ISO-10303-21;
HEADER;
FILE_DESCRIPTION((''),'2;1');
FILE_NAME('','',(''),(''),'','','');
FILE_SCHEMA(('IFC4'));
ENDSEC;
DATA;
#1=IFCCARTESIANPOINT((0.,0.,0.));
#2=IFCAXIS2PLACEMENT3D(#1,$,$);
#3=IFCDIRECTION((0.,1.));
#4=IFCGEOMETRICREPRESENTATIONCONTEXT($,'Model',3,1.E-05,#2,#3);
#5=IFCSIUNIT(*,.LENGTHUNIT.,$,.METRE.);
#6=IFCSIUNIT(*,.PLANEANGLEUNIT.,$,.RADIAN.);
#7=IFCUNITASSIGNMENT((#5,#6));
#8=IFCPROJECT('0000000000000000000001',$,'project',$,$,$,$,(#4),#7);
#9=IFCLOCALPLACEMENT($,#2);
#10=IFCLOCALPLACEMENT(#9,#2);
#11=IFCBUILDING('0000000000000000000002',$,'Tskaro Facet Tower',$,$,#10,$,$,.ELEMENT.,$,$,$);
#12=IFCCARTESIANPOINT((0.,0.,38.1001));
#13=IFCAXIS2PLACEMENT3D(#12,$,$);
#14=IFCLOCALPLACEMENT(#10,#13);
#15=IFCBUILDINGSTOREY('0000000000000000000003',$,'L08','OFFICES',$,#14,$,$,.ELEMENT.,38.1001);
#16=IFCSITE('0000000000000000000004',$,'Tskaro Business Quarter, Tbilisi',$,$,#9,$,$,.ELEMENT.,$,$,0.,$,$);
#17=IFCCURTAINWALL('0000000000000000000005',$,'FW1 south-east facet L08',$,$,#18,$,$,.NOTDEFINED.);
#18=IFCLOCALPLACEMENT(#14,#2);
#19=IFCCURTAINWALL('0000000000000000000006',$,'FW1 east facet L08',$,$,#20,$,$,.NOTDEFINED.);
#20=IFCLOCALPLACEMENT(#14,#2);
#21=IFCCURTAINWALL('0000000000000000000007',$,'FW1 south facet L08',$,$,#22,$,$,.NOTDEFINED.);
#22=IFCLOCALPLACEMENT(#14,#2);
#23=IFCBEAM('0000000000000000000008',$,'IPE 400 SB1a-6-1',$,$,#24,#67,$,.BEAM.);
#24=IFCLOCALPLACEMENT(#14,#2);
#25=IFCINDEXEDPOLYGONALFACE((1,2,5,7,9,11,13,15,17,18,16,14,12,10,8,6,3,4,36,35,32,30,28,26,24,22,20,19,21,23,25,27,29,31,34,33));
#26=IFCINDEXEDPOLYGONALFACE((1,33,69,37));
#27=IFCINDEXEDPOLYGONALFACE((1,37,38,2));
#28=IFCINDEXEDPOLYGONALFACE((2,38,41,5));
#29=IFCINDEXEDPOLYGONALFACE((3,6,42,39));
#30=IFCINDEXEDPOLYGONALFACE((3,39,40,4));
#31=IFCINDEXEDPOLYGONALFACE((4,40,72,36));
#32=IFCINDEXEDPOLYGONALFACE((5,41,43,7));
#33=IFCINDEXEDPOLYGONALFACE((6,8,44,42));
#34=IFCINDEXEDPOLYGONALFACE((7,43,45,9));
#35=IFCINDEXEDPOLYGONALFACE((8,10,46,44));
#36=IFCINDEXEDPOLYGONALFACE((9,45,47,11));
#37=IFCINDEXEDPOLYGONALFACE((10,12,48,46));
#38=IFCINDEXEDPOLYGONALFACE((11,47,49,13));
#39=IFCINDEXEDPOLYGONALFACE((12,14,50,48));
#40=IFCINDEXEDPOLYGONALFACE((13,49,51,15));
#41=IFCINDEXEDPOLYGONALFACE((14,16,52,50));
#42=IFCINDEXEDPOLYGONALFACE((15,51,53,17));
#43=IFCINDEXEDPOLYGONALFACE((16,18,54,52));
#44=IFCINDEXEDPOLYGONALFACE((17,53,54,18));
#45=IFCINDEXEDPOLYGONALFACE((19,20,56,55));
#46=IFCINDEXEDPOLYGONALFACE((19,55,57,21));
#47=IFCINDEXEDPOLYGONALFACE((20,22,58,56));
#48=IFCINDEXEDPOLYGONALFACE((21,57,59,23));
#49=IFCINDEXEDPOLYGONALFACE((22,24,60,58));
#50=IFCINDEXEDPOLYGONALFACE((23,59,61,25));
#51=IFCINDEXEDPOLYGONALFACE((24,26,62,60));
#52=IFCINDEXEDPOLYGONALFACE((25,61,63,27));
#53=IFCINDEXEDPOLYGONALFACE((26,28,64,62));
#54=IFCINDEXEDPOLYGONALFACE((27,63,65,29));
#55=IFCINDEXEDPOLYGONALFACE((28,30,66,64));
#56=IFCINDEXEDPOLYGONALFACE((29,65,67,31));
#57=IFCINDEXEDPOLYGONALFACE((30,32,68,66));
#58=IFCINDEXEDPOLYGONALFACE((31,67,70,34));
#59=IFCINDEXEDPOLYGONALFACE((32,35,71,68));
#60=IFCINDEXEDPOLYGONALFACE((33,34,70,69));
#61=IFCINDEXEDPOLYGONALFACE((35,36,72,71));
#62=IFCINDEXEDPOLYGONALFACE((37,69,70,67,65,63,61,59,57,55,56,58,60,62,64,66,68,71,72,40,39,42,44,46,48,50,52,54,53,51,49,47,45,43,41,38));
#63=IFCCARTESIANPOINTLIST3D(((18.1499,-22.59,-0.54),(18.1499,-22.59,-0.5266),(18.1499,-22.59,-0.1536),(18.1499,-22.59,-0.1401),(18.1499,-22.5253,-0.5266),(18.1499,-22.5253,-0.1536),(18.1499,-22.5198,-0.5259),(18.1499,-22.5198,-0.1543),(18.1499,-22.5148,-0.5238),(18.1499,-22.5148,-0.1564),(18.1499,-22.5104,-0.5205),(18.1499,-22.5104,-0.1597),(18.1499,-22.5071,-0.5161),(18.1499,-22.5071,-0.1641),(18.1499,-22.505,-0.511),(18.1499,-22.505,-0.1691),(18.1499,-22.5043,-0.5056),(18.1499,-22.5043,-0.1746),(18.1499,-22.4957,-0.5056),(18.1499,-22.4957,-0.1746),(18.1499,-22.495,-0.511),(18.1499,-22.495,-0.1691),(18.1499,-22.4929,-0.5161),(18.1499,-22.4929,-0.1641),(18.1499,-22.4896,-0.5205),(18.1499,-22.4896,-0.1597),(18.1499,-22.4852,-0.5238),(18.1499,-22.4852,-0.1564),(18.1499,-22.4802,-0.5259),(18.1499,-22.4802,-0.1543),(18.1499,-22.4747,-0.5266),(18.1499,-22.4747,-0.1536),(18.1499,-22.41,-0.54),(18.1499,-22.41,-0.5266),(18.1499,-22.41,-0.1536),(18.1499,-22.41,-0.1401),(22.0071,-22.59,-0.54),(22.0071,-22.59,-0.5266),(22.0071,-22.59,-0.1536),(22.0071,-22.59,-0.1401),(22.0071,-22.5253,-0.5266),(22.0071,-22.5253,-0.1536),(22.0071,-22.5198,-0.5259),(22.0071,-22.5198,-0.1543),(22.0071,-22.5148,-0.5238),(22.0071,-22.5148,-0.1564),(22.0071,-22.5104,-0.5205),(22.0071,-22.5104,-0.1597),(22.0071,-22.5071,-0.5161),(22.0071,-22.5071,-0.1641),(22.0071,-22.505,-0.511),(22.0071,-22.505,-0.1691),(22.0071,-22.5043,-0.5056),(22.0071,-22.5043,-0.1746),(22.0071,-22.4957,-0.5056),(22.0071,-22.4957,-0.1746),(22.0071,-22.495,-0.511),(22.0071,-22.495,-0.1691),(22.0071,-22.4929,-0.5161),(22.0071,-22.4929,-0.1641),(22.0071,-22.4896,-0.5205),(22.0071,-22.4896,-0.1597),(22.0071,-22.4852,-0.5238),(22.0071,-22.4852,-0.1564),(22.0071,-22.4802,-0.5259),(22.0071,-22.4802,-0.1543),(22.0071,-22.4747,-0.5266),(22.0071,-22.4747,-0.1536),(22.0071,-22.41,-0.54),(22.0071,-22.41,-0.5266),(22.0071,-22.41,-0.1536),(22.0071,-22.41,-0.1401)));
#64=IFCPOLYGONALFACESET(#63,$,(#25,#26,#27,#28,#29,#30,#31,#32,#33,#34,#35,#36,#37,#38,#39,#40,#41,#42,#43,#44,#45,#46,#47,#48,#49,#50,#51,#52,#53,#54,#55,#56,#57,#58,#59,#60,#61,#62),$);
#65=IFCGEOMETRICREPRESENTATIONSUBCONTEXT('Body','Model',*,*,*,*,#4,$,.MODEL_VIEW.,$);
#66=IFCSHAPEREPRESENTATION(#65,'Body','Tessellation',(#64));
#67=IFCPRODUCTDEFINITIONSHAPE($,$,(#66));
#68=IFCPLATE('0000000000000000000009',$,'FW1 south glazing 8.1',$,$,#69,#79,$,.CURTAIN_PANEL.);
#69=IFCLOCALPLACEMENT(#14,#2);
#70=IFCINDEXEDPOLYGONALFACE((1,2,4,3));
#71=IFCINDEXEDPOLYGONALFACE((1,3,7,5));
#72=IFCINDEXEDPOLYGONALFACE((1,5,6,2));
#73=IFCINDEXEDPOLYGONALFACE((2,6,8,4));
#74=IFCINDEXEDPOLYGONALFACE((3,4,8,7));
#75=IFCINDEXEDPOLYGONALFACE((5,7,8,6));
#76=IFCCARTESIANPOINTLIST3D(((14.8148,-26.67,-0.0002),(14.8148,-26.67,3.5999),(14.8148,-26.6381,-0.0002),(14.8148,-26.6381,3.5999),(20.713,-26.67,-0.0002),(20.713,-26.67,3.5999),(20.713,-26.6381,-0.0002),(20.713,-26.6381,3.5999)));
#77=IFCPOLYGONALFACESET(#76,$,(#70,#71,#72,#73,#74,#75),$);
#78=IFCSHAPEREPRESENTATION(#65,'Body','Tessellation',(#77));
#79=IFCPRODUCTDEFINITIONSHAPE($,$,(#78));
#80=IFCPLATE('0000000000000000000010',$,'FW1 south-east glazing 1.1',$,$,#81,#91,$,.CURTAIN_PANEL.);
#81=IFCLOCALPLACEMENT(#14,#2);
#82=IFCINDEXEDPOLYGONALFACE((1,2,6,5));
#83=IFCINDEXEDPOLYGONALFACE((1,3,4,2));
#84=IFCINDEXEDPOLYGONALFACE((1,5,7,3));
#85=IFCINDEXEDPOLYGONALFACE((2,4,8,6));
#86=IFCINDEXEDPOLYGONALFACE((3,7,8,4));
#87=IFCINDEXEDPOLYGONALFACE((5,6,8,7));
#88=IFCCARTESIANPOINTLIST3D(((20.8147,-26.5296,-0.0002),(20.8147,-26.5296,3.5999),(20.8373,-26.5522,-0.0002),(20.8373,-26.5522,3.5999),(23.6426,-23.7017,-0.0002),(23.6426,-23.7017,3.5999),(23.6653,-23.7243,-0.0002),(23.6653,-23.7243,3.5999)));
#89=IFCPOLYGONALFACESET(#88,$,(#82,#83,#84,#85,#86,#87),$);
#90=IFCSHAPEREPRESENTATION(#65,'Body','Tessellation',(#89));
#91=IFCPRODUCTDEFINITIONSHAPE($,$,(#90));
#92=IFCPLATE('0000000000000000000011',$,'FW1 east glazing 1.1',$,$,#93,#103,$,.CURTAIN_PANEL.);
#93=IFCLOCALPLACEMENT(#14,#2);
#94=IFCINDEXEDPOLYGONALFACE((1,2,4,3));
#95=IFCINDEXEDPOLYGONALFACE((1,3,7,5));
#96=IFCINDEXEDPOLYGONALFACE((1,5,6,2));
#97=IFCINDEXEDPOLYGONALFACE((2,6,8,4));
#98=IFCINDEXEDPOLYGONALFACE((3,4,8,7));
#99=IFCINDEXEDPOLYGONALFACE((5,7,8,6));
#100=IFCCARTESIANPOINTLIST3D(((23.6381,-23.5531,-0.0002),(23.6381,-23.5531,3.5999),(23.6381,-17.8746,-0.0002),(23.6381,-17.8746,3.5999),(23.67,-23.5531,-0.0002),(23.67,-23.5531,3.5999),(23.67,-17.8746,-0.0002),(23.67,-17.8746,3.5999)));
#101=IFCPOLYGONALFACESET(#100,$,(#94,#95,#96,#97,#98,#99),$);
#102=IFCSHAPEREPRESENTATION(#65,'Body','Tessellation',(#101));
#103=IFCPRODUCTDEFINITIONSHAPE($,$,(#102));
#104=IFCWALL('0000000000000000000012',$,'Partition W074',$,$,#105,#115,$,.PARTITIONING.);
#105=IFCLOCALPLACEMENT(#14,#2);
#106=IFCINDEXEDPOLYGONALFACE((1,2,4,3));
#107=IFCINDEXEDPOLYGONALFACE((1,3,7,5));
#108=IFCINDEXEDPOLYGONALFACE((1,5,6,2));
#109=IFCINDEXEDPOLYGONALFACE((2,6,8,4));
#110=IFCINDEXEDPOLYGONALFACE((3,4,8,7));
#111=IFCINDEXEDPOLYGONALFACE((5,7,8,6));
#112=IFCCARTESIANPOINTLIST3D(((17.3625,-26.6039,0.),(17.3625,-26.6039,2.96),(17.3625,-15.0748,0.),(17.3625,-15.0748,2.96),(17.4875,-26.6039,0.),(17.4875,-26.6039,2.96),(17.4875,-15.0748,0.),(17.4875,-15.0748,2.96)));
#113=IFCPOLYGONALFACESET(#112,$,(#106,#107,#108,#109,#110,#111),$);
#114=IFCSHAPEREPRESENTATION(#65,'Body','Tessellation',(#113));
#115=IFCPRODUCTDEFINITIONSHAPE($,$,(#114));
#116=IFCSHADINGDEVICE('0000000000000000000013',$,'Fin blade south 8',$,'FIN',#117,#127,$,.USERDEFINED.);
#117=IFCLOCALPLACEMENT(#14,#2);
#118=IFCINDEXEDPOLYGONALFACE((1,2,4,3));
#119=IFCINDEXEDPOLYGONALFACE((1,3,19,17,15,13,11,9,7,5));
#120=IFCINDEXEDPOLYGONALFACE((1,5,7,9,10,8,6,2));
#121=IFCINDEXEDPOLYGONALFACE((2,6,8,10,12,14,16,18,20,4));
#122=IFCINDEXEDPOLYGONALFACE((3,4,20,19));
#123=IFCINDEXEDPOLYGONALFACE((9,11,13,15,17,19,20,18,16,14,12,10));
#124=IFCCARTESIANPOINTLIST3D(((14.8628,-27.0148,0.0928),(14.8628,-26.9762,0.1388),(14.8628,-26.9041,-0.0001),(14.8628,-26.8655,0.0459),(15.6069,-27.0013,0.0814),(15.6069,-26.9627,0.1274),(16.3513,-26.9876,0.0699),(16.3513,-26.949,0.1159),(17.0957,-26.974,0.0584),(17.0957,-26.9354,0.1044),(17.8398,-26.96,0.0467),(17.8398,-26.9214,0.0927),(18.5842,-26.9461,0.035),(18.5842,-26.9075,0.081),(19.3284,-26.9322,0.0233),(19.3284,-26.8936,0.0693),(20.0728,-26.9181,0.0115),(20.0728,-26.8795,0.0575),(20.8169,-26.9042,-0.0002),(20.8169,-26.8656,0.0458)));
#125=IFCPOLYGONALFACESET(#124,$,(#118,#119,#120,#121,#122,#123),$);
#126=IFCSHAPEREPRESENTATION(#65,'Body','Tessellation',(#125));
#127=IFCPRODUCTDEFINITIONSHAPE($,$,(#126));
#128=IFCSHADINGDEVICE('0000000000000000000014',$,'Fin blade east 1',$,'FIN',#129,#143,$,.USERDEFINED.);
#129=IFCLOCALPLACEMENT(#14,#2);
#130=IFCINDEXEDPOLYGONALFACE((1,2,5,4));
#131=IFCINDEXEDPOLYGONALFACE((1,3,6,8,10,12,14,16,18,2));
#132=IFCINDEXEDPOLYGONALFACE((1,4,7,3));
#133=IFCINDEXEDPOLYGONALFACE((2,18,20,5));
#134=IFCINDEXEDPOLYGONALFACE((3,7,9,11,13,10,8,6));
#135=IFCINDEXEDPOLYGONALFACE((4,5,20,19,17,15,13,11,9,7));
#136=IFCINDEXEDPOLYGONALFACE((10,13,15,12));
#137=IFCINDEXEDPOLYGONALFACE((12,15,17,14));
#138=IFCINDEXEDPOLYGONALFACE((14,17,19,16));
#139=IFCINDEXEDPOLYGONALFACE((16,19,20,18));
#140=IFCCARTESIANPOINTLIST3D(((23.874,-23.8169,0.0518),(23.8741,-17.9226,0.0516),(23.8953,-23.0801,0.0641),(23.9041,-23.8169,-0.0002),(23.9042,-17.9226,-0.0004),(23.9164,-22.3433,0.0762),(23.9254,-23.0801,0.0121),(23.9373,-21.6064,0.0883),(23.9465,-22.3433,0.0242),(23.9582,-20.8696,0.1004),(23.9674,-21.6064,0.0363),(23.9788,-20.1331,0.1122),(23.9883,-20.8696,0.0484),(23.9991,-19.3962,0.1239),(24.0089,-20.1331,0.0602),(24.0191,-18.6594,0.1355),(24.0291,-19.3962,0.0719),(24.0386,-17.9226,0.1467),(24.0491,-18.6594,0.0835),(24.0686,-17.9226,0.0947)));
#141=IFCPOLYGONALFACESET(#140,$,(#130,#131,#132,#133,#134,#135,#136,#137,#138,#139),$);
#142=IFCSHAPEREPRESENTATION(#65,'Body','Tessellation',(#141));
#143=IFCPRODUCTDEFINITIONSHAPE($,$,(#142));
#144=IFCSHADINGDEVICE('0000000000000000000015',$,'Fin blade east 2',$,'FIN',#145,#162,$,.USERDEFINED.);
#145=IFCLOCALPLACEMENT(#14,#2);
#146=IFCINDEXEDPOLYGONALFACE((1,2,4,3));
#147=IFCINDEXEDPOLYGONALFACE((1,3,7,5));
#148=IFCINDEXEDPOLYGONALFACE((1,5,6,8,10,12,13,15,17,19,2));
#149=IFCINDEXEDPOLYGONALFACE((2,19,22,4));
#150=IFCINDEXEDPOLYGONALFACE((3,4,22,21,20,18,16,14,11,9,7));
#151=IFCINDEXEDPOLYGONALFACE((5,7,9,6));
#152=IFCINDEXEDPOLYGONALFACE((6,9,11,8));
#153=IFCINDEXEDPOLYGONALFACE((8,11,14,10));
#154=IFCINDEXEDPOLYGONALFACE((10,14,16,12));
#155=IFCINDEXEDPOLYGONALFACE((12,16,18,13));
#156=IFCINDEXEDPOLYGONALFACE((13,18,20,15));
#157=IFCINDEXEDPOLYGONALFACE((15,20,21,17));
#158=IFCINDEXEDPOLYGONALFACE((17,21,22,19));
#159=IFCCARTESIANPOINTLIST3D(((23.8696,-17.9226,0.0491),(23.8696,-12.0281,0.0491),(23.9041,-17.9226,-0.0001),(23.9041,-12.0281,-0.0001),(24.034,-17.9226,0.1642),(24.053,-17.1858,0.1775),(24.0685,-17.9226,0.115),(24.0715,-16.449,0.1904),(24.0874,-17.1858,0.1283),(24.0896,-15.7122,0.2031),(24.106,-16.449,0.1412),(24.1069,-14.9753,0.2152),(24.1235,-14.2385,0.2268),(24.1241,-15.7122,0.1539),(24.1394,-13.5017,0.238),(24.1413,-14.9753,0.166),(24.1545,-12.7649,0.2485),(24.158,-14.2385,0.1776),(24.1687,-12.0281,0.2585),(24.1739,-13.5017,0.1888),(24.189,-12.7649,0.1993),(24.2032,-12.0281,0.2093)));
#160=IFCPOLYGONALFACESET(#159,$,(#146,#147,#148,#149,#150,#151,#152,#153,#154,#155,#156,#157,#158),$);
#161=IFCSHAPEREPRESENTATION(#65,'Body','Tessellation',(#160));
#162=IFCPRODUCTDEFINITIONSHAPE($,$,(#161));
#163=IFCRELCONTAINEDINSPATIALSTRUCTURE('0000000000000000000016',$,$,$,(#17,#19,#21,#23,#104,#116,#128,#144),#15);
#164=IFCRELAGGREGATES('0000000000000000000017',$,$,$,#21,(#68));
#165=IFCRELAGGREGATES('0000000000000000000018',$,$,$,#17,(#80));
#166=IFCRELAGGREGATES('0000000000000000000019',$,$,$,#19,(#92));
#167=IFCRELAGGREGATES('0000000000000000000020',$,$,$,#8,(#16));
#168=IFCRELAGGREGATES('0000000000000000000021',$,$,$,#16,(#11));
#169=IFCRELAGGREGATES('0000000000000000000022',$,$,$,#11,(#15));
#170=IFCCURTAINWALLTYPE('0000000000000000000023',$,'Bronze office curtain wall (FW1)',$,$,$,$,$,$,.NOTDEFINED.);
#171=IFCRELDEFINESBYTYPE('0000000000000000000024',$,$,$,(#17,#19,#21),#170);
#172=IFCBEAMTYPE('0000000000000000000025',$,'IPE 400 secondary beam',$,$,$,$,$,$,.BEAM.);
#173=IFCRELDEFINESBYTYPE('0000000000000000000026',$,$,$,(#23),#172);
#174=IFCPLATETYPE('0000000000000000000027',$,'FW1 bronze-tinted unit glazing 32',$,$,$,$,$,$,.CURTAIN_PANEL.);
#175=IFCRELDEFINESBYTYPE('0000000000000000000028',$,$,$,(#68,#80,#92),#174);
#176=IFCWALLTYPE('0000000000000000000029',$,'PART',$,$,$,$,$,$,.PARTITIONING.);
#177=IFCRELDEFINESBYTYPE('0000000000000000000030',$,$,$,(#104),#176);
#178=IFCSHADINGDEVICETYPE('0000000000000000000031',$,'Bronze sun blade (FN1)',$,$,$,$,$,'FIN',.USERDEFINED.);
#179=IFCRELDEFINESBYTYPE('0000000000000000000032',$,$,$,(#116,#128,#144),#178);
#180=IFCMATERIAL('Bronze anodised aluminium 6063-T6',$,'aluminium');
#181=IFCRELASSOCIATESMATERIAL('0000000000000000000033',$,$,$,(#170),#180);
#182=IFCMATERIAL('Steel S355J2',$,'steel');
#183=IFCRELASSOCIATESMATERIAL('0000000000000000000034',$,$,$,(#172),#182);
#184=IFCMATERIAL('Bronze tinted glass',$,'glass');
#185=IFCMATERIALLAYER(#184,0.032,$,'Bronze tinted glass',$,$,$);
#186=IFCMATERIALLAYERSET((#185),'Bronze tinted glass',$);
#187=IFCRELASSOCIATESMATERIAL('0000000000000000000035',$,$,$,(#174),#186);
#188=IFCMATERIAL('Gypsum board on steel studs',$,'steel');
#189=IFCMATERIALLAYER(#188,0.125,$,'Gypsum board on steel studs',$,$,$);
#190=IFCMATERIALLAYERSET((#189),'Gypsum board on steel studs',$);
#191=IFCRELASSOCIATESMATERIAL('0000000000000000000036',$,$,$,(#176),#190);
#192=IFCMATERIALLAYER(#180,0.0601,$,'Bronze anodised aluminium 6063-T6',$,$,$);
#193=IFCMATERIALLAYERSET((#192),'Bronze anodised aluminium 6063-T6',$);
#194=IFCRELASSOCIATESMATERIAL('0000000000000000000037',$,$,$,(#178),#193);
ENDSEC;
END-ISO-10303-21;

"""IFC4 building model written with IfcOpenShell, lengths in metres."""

from ifc_helpers import new_model, si_unit, direction, frame, frame_2d, origin, origin_2d, place, context, subcontext, project, spatial, polyline, rectangle, i_section, outline, extrude, material, layer, layer_set, material_profile, profile_set, type_object, element, aggregate, save


model = new_model("IFC4")

# Units and contexts
model_context = context("Model", 3, precision=1e-05, world=origin(), true_north=direction((0.0, 1.0)))
body_context = subcontext(model_context, "Body", "Model", "MODEL_VIEW")
ifc_project = project(units=[si_unit("LENGTHUNIT", "METRE"), si_unit("PLANEANGLEUNIT", "RADIAN")], contexts=[model_context])

# Site, building, storey
site_placement = place(None, origin())
site = spatial("IfcSite", under=ifc_project, at=site_placement, Name="Tskaro Business Quarter, Tbilisi", CompositionType="ELEMENT", RefElevation=0.0)
building_placement = place(site_placement, origin())
building = spatial("IfcBuilding", under=site, at=building_placement, Name="Tskaro Facet Tower", CompositionType="ELEMENT")
storey_placement = place(building_placement, frame((0.0, 0.0, 38.1001)))
storey = spatial("IfcBuildingStorey", under=building, at=storey_placement, Name="L08", Description="OFFICES", CompositionType="ELEMENT", Elevation=38.1001)

# Curtain walls
ifc_material_1 = material(Name="Bronze anodised aluminium 6063-T6", Category="aluminium")
curtain_wall_type = type_object("IfcCurtainWallType", Name="Bronze office curtain wall (FW1)", PredefinedType="NOTDEFINED", material=ifc_material_1)
curtain_wall_1_placement = place(storey_placement, origin())
curtain_wall_1 = element("IfcCurtainWall", 1, at=curtain_wall_1_placement, inside=storey, type_object=curtain_wall_type, Name="FW1 south-east facet L08", PredefinedType="NOTDEFINED")
curtain_wall_2_placement = place(storey_placement, origin())
curtain_wall_2 = element("IfcCurtainWall", 2, at=curtain_wall_2_placement, inside=storey, type_object=curtain_wall_type, Name="FW1 east facet L08", PredefinedType="NOTDEFINED")
curtain_wall_3_placement = place(storey_placement, origin())
curtain_wall_3 = element("IfcCurtainWall", 3, at=curtain_wall_3_placement, inside=storey, type_object=curtain_wall_type, Name="FW1 south facet L08", PredefinedType="NOTDEFINED")

# Beam
ifc_material_2 = material(Name="Steel S355J2", Category="steel")
ifc_material_profile_1 = material_profile(ifc_material_2, i_section(OverallWidth=0.1799, OverallDepth=0.3999, WebThickness=0.0085, FlangeThickness=0.0134, FilletRadius=0.021, at=origin_2d()), Name="IPE 400")
ifc_profile_set_1 = profile_set([ifc_material_profile_1], Name="Steel S355J2")
beam_type_1 = type_object("IfcBeamType", Name="IPE 400 secondary beam", PredefinedType="BEAM", material=ifc_profile_set_1)
beam_1_placement = place(storey_placement, frame((18.1499, -22.5, -0.3401), z_axis=(1.0, 0.0, 0.0), x_axis=(0.0, 1.0, 0.0)))
element("IfcBeam", 4, at=beam_1_placement, inside=storey, type_object=beam_type_1, Name="IPE 400 SB1a-6-1", PredefinedType="BEAM", context=body_context, shape_type="SweptSolid", body=[
    extrude(i_section(OverallWidth=0.1799, OverallDepth=0.3999, WebThickness=0.0085, FlangeThickness=0.0134, FilletRadius=0.021, at=origin_2d()), origin(), (0.0, 0.0, 1.0), 3.8572),
])

# Plates
ifc_material_3 = material(Name="Bronze tinted glass", Category="glass")
ifc_layer_1 = layer(ifc_material_3, 0.032, Name="Bronze tinted glass")
ifc_layer_set_1 = layer_set([ifc_layer_1], Name="Bronze tinted glass")
plate_type = type_object("IfcPlateType", Name="FW1 bronze-tinted unit glazing 32", PredefinedType="CURTAIN_PANEL", material=ifc_layer_set_1)
plate_1_placement = place(storey_placement, frame((17.7639, -26.6541, -0.0002), z_axis=(0.0, 0.0, 1.0), x_axis=(1.0, 0.0, 0.0)))
plate_1 = element("IfcPlate", 5, at=plate_1_placement, type_object=plate_type, Name="FW1 south glazing 8.1", PredefinedType="CURTAIN_PANEL", context=body_context, shape_type="SweptSolid", body=[
    extrude(rectangle(XDim=5.8982, YDim=0.032, at=origin_2d()), origin(), (0.0, 0.0, 1.0), 3.6001),
])
aggregate(curtain_wall_3, [plate_1])
plate_2_placement = place(storey_placement, frame((22.24, -25.127, -0.0002), z_axis=(0.0, 0.0, 1.0), x_axis=(0.707107, 0.707107, 0.0)))
plate_2 = element("IfcPlate", 6, at=plate_2_placement, type_object=plate_type, Name="FW1 south-east glazing 1.1", PredefinedType="CURTAIN_PANEL", context=body_context, shape_type="SweptSolid", body=[
    extrude(rectangle(XDim=3.9993, YDim=0.032, at=origin_2d()), origin(), (0.0, 0.0, 1.0), 3.6001),
])
aggregate(curtain_wall_1, [plate_2])
plate_3_placement = place(storey_placement, frame((23.6541, -20.7139, -0.0002), z_axis=(0.0, 0.0, 1.0), x_axis=(0.0, 1.0, 0.0)))
plate_3 = element("IfcPlate", 7, at=plate_3_placement, type_object=plate_type, Name="FW1 east glazing 1.1", PredefinedType="CURTAIN_PANEL", context=body_context, shape_type="SweptSolid", body=[
    extrude(rectangle(XDim=5.6785, YDim=0.032, at=origin_2d()), origin(), (0.0, 0.0, 1.0), 3.6001),
])
aggregate(curtain_wall_2, [plate_3])

# Wall
ifc_material_4 = material(Name="Gypsum board on steel studs", Category="steel")
ifc_layer_2 = layer(ifc_material_4, 0.125, Name="Gypsum board on steel studs")
ifc_layer_set_2 = layer_set([ifc_layer_2], Name="Gypsum board on steel studs")
wall_type = type_object("IfcWallType", Name="PART", PredefinedType="PARTITIONING", material=ifc_layer_set_2)
wall_placement = place(storey_placement, frame((17.425, -26.604, 0.0), z_axis=(0.0, 0.0, 1.0), x_axis=(0.0, 1.0, 0.0)))
element("IfcWall", 8, at=wall_placement, inside=storey, type_object=wall_type, Name="Partition W074", PredefinedType="PARTITIONING", context=body_context, shape_type="SweptSolid", body=[
    extrude(rectangle(XDim=11.5291, YDim=0.125, at=frame_2d((5.7646, 0.0))), origin(), (0.0, 0.0, 1.0), 2.96),
])

# Shading devices
ifc_layer_3 = layer(ifc_material_1, 0.0601, Name="Bronze anodised aluminium 6063-T6")
ifc_layer_set_3 = layer_set([ifc_layer_3], Name="Bronze anodised aluminium 6063-T6")
shading_device_type = type_object("IfcShadingDeviceType", Name="Bronze sun blade (FN1)", ElementType="FIN", PredefinedType="USERDEFINED", material=ifc_layer_set_3)
shading_device_1_placement = place(storey_placement, frame((14.8628, -26.8655, 0.0459), z_axis=(0.00003, 0.64272, 0.766102), x_axis=(1.0, -0.000019, -0.000023)))
element("IfcShadingDevice", 9, at=shading_device_1_placement, inside=storey, type_object=shading_device_type, Name="Fin blade south 8", ObjectType="FIN", PredefinedType="USERDEFINED", context=body_context, shape_type="SweptSolid", body=[
    extrude(outline(polyline([(0.0, 0.0), (5.9541, 0.0), (5.21, -0.0182), (4.4656, -0.0366), (3.7214, -0.0548), (2.9771, -0.073), (2.2329, -0.0912), (1.4885, -0.109), (0.7441, -0.1268), (0.0, -0.1445), (0.0, 0.0)])), origin(), (0.0, 0.0, -1.0), 0.0601),
])
shading_device_2_placement = place(storey_placement, frame((23.874, -23.8169, 0.0518), z_axis=(-0.500681, 0.00003, 0.865632), x_axis=(0.000015, 1.0, -0.000026)))
element("IfcShadingDevice", 10, at=shading_device_2_placement, inside=storey, type_object=shading_device_type, Name="Fin blade east 1", ObjectType="FIN", PredefinedType="USERDEFINED", context=body_context, shape_type="SweptSolid", body=[
    extrude(outline(polyline([(0.0, 0.0), (5.8943, 0.0), (5.8943, -0.19), (5.1575, -0.1675), (4.4207, -0.1444), (3.6838, -0.121), (2.9473, -0.0972), (2.2104, -0.0731), (1.4736, -0.0489), (0.7368, -0.0246), (0.0, 0.0)])), origin(), (0.0, 0.0, -1.0), 0.0601),
])
shading_device_3_placement = place(storey_placement, frame((23.8696, -17.9226, 0.0491), z_axis=(-0.573576, 0.000004, 0.819152), x_axis=(0.000002, 1.0, -0.000003)))
element("IfcShadingDevice", 11, at=shading_device_3_placement, inside=storey, type_object=shading_device_type, Name="Fin blade east 2", ObjectType="FIN", PredefinedType="USERDEFINED", context=body_context, shape_type="SweptSolid", body=[
    extrude(outline(polyline([(0.0, 0.0), (5.8945, 0.0), (5.8945, -0.3651), (5.1577, -0.3478), (4.4209, -0.3294), (3.6841, -0.3099), (2.9473, -0.2896), (2.2104, -0.2686), (1.4736, -0.2465), (0.7368, -0.2238), (0.0, -0.2007), (0.0, 0.0)])), origin(), (0.0, 0.0, -1.0), 0.0601),
])

save(model, "model.ifc")
